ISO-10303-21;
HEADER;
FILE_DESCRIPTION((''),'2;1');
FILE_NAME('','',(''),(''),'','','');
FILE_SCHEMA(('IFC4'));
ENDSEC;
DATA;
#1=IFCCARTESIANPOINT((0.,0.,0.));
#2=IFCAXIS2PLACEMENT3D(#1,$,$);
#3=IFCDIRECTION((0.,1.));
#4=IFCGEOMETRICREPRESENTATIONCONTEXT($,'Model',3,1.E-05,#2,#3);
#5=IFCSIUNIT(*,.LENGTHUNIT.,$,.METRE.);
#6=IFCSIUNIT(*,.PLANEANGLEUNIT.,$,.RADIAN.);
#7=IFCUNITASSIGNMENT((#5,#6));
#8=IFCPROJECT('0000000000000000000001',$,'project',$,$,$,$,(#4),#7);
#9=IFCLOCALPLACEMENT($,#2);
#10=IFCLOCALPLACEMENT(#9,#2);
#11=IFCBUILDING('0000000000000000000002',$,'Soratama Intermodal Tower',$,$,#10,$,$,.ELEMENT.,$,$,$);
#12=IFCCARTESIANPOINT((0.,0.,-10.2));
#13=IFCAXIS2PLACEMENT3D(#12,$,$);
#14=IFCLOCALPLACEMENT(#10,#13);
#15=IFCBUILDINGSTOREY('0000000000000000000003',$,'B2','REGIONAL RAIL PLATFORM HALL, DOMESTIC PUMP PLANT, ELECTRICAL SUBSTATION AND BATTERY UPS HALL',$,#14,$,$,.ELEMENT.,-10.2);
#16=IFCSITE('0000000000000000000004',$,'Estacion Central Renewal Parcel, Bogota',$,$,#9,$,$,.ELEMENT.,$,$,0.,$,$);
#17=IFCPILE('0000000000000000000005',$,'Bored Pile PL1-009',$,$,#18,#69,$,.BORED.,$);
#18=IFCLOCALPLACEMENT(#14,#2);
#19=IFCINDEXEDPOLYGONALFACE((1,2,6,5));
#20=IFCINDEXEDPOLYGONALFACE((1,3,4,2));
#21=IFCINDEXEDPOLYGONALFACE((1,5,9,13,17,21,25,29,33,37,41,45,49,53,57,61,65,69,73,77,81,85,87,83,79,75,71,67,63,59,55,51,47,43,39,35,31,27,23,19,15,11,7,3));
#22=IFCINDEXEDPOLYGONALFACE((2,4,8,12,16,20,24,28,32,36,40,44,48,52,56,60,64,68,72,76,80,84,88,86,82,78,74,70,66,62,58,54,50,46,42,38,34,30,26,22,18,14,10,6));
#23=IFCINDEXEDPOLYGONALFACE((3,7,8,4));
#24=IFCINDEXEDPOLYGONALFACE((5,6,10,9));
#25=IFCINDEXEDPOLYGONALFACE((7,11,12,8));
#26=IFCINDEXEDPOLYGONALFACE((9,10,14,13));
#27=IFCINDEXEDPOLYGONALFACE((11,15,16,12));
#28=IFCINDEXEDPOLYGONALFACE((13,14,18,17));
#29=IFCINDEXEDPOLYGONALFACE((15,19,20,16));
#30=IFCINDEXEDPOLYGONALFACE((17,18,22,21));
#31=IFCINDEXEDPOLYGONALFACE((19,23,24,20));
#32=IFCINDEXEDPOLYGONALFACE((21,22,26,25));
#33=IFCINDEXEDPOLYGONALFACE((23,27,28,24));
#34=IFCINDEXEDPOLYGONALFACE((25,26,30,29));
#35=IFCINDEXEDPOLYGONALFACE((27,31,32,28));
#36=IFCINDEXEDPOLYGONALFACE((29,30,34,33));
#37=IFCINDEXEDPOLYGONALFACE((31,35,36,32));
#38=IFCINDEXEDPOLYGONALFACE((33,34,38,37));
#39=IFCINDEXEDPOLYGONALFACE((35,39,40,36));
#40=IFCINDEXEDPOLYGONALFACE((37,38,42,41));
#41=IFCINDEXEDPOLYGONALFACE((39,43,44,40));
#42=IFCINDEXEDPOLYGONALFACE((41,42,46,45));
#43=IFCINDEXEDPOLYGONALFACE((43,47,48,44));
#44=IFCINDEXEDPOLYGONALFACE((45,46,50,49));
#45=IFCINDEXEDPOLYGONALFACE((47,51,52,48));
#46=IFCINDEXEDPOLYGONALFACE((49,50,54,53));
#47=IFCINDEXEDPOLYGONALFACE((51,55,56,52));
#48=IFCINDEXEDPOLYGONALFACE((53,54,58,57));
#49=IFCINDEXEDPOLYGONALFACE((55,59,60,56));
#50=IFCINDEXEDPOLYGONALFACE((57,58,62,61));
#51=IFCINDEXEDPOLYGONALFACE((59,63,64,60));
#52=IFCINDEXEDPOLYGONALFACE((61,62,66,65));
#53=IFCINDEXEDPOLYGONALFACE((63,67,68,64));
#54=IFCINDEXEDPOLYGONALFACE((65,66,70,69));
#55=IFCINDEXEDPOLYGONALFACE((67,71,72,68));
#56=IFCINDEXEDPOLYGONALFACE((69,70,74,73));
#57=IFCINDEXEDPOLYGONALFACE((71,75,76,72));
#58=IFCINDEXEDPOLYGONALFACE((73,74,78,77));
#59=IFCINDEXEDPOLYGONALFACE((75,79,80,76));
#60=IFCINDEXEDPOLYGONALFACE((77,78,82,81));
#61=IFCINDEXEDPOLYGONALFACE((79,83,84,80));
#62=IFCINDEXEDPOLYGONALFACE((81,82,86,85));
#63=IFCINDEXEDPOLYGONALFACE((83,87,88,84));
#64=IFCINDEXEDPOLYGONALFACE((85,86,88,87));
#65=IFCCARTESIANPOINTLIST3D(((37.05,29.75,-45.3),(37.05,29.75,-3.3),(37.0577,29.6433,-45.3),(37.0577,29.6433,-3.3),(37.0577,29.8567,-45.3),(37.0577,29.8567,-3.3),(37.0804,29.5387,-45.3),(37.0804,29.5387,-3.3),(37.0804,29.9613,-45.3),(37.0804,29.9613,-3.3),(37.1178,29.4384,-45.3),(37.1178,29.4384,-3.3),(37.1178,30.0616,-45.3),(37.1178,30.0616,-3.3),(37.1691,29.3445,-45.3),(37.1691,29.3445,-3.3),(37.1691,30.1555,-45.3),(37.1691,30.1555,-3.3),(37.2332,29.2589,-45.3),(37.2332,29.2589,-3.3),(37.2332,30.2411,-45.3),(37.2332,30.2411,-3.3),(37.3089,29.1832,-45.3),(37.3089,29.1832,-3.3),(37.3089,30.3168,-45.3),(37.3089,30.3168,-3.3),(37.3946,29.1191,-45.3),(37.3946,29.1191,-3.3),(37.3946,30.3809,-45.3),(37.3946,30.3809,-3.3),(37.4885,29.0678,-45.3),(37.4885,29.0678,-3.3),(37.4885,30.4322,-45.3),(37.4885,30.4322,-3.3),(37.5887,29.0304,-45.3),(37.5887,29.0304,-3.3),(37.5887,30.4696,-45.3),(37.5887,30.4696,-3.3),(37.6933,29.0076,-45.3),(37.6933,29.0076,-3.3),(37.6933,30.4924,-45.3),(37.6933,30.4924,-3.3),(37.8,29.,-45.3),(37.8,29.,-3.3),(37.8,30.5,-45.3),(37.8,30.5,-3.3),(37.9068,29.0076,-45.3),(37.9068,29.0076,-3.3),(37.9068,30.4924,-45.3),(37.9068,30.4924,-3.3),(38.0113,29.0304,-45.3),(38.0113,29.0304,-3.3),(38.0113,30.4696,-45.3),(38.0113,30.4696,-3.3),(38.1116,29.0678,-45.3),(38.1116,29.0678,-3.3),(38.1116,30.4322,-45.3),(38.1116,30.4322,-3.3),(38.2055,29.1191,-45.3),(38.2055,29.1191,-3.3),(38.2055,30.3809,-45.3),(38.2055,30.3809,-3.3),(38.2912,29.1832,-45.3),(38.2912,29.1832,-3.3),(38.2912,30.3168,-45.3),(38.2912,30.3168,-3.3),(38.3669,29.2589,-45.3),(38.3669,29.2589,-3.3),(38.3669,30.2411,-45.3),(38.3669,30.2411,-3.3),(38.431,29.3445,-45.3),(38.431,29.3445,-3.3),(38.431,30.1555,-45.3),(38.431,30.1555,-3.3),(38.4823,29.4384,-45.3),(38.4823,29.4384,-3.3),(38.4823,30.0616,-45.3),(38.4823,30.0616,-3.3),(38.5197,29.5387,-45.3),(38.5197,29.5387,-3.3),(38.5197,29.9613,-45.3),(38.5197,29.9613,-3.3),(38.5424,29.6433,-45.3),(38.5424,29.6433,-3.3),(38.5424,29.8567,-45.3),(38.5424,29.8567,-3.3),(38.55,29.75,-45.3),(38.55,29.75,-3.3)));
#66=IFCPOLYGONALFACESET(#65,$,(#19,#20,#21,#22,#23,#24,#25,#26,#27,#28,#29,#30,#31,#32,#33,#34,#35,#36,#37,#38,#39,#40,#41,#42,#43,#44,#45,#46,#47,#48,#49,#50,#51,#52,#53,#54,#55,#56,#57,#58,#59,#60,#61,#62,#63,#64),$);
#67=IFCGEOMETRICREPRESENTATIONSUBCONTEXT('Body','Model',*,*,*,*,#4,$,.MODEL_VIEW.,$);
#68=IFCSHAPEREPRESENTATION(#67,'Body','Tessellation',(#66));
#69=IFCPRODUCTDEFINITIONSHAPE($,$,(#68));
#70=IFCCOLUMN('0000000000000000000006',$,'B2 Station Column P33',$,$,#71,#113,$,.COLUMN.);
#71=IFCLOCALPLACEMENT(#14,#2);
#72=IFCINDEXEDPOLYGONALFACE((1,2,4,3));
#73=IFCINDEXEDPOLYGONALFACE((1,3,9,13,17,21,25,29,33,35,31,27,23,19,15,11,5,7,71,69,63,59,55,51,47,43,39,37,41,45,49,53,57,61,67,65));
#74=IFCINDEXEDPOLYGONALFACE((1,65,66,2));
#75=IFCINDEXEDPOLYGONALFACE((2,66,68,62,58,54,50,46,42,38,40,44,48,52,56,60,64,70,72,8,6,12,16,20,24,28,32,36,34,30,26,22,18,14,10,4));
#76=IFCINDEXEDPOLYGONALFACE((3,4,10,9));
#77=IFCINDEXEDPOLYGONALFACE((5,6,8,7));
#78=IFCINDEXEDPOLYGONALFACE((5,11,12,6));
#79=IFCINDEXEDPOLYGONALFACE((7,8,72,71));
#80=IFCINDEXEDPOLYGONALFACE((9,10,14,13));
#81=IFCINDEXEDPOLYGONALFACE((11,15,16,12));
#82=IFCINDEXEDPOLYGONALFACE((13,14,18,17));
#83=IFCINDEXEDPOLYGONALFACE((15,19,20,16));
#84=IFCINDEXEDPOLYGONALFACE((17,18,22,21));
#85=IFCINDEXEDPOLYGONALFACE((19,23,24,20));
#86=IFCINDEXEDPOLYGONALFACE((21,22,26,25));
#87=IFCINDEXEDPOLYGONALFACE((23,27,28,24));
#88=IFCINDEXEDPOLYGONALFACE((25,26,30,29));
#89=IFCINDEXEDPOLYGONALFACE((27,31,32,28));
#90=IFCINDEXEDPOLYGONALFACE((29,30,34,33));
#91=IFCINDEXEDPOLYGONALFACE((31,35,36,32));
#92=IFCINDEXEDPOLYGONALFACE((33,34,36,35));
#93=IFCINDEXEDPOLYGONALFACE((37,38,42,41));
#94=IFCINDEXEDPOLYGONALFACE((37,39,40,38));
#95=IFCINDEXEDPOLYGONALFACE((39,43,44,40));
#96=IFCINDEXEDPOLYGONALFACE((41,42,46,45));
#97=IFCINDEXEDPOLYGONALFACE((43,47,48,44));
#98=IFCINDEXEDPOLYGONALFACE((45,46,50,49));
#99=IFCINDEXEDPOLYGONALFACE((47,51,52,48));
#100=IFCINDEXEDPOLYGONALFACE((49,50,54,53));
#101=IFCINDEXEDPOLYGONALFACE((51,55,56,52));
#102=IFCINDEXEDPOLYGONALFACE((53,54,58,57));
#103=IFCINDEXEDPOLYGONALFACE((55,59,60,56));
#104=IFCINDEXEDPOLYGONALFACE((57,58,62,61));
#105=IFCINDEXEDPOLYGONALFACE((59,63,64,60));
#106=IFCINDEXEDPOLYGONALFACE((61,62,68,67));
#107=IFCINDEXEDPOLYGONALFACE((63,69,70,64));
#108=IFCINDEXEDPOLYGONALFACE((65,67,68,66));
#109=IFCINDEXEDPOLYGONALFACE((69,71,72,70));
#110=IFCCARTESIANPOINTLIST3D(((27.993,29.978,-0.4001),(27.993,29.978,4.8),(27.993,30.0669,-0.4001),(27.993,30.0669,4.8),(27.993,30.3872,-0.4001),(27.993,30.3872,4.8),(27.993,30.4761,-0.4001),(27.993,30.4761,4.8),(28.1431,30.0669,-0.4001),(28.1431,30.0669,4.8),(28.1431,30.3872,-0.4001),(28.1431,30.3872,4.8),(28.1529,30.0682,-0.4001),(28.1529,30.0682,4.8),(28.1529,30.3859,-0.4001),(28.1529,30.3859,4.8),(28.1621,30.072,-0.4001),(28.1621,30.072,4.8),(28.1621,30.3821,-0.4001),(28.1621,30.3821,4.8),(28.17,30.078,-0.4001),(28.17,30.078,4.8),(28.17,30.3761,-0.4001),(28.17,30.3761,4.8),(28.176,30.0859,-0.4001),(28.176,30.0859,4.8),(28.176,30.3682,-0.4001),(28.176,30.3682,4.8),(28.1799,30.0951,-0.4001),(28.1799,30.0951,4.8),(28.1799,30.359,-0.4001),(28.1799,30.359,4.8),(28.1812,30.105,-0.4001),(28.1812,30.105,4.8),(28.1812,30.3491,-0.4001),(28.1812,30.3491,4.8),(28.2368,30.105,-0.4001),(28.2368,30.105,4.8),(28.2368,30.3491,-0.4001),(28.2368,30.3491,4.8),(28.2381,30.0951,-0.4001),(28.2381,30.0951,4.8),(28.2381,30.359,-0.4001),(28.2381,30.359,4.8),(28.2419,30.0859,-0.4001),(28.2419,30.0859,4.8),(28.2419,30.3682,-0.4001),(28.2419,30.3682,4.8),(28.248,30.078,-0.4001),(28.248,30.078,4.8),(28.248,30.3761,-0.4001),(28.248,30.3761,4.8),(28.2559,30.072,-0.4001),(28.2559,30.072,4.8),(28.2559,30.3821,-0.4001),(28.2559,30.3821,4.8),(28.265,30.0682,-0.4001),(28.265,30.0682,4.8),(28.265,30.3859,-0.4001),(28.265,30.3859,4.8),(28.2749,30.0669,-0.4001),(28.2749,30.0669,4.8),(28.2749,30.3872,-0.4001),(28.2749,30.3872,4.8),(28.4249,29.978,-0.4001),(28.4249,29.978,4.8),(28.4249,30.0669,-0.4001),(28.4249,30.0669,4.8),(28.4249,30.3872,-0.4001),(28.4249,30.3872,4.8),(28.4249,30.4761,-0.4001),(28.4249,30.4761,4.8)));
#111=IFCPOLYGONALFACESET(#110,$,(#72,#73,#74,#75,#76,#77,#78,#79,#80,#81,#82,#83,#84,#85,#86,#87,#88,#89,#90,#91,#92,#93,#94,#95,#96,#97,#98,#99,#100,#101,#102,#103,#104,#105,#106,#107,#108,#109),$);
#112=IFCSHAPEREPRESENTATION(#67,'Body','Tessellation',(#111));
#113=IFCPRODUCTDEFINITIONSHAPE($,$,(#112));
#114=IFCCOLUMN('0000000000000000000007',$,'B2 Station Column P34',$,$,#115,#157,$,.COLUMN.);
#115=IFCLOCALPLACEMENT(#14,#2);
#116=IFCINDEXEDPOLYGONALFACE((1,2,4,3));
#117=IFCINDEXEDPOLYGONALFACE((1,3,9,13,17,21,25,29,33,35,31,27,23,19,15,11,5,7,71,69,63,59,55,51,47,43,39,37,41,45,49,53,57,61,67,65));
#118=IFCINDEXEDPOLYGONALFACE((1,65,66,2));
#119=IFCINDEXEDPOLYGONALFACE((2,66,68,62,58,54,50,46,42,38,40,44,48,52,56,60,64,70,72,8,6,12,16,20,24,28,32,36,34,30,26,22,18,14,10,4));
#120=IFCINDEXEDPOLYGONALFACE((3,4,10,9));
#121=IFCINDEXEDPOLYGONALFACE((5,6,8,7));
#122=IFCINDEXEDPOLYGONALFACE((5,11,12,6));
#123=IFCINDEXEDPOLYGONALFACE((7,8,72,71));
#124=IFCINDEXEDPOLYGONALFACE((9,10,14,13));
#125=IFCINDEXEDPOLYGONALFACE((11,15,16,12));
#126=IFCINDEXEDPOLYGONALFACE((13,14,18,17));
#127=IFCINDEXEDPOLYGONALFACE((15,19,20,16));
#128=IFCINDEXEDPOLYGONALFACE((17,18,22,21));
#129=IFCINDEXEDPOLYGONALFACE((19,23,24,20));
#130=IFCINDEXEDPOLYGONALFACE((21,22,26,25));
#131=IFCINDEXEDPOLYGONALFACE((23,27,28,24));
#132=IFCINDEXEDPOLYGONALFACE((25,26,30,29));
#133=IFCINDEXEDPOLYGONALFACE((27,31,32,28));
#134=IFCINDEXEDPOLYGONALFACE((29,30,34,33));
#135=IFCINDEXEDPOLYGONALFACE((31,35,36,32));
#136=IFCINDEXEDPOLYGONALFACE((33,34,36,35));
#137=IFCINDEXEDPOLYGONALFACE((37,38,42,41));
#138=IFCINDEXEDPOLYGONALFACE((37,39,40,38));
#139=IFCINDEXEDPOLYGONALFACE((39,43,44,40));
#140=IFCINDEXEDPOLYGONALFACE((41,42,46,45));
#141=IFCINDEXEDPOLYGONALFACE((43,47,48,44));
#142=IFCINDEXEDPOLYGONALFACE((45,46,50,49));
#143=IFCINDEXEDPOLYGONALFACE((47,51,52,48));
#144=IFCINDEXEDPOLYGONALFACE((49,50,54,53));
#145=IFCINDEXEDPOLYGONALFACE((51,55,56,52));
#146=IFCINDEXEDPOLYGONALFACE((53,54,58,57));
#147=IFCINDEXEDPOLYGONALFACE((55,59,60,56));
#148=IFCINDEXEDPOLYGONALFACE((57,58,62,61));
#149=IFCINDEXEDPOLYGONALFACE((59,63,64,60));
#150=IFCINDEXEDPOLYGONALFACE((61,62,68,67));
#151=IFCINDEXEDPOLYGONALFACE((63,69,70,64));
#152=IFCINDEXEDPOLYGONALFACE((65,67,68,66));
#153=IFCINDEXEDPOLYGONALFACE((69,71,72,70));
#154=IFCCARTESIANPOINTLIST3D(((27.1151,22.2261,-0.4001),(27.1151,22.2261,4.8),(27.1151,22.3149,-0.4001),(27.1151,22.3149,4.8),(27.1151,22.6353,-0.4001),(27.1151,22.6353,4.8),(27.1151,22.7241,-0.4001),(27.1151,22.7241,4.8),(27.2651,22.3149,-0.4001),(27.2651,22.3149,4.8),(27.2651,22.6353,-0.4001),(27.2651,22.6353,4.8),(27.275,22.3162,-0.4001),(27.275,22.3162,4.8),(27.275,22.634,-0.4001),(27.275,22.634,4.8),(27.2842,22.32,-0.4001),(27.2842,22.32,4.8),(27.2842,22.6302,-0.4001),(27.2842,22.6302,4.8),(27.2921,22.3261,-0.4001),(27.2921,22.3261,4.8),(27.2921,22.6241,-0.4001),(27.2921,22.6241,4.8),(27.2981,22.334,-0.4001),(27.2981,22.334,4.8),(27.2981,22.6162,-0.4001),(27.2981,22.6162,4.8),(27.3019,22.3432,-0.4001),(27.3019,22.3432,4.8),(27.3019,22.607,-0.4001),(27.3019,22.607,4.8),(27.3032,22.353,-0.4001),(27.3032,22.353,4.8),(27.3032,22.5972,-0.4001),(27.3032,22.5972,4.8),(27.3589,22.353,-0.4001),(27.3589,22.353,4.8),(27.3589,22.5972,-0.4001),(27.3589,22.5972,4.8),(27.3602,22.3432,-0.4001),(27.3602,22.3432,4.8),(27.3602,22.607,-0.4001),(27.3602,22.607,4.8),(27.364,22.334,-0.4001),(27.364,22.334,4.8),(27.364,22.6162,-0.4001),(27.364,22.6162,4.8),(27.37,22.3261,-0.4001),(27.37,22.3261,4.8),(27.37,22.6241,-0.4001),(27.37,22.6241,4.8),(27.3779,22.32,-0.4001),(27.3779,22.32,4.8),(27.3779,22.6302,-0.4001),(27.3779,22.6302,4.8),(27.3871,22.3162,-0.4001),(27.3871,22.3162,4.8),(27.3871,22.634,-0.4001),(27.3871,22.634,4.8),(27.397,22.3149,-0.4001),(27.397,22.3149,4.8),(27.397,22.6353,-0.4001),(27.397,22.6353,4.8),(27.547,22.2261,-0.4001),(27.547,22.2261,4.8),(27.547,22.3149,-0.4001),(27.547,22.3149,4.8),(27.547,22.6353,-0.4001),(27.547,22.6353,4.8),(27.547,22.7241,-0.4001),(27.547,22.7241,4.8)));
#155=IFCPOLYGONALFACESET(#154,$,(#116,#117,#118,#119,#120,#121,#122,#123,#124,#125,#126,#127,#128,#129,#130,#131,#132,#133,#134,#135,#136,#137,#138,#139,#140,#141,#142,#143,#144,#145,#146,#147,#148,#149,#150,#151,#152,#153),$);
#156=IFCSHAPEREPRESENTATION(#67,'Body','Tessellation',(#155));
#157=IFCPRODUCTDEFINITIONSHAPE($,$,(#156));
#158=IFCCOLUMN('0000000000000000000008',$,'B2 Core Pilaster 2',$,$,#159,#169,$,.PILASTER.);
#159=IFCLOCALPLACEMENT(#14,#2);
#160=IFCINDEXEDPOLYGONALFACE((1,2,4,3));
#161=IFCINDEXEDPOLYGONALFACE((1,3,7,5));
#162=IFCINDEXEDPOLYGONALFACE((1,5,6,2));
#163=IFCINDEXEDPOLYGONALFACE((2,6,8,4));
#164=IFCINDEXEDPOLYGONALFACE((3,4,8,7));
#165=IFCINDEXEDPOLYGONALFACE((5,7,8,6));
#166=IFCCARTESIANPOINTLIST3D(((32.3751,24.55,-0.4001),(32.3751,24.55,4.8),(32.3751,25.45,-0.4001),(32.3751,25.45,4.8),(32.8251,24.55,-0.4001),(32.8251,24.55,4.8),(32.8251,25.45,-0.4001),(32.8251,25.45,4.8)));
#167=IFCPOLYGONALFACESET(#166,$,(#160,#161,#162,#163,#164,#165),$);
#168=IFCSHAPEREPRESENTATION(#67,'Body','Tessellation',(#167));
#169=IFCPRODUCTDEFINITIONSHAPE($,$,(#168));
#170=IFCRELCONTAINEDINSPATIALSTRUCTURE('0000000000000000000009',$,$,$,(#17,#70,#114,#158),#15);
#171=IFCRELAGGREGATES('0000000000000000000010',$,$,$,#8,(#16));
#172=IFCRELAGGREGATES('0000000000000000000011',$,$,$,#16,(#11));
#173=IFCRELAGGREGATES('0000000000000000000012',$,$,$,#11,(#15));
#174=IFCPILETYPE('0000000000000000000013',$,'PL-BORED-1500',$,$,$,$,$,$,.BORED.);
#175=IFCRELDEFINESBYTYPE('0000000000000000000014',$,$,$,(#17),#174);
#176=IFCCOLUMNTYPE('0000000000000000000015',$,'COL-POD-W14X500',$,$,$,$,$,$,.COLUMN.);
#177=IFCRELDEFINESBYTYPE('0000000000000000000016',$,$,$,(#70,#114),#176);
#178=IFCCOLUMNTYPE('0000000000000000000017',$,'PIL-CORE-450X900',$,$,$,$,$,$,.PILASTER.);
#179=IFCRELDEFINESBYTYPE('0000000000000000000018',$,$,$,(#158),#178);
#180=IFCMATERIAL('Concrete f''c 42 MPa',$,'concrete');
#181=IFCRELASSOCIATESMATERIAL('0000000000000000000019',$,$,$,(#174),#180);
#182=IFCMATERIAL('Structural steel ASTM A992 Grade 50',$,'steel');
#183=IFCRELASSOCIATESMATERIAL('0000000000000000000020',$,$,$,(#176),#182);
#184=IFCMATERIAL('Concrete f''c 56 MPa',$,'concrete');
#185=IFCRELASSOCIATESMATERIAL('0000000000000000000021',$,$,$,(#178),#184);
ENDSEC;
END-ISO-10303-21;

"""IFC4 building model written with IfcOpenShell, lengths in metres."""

from ifc_helpers import new_model, si_unit, direction, frame, origin, origin_2d, place, context, subcontext, project, spatial, rectangle, circle, i_section, extrude, material, material_profile, profile_set, type_object, element, save


model = new_model("IFC4")

# Units and contexts
model_context = context("Model", 3, precision=1e-05, world=origin(), true_north=direction((0.0, 1.0)))
body_context = subcontext(model_context, "Body", "Model", "MODEL_VIEW")
ifc_project = project(units=[si_unit("LENGTHUNIT", "METRE"), si_unit("PLANEANGLEUNIT", "RADIAN")], contexts=[model_context])

# Site, building, storey
site_placement = place(None, origin())
site = spatial("IfcSite", under=ifc_project, at=site_placement, Name="Estacion Central Renewal Parcel, Bogota", CompositionType="ELEMENT", RefElevation=0.0)
building_placement = place(site_placement, origin())
building = spatial("IfcBuilding", under=site, at=building_placement, Name="Soratama Intermodal Tower", CompositionType="ELEMENT")
storey_placement = place(building_placement, frame((0.0, 0.0, -10.2)))
storey = spatial("IfcBuildingStorey", under=building, at=storey_placement, Name="B2", Description="REGIONAL RAIL PLATFORM HALL, DOMESTIC PUMP PLANT, ELECTRICAL SUBSTATION AND BATTERY UPS HALL", CompositionType="ELEMENT", Elevation=-10.2)

# Pile
ifc_material_1 = material(Name="Concrete f'c 42 MPa", Category="concrete")
ifc_material_profile_1 = material_profile(ifc_material_1, circle(Radius=0.75, at=origin_2d()), Name="PILE1500")
ifc_profile_set_1 = profile_set([ifc_material_profile_1], Name="Concrete f'c 42 MPa")
pile_type = type_object("IfcPileType", Name="PL-BORED-1500", PredefinedType="BORED", material=ifc_profile_set_1)
for number, where, z_axis, x_axis, name in (
    (1, (37.8, 29.75, -3.3), (0.0, 0.0, -1.0), (1.0, 0.0, 0.0), "Bored Pile PL1-009"),
):
    element("IfcPile", number, at=place(storey_placement, frame(where, z_axis=z_axis, x_axis=x_axis)), inside=storey, type_object=pile_type, Name=name, PredefinedType="BORED", context=body_context, shape_type="SweptSolid", body=[
        extrude(circle(Radius=0.75, at=origin_2d()), origin(), (0.0, 0.0, 1.0), 42.0),
    ])

# Columns
ifc_material_2 = material(Name="Structural steel ASTM A992 Grade 50", Category="steel")
ifc_material_profile_2 = material_profile(ifc_material_2, i_section(OverallWidth=0.4319, OverallDepth=0.498, WebThickness=0.0557, FlangeThickness=0.0889, FilletRadius=0.0381, at=origin_2d()), Name="W14X500")
ifc_profile_set_2 = profile_set([ifc_material_profile_2], Name="Structural steel ASTM A992 Grade 50")
column_type_1 = type_object("IfcColumnType", Name="COL-POD-W14X500", PredefinedType="COLUMN", material=ifc_profile_set_2)
for number, where, z_axis, x_axis, name in (
    (2, (28.209, 30.2271, -0.4001), (0.0, 0.0, 1.0), (1.0, 0.0, 0.0), "B2 Station Column P33"),
    (3, (27.3311, 22.4751, -0.4001), (0.0, 0.0, 1.0), (1.0, 0.0, 0.0), "B2 Station Column P34"),
):
    element("IfcColumn", number, at=place(storey_placement, frame(where, z_axis=z_axis, x_axis=x_axis)), inside=storey, type_object=column_type_1, Name=name, PredefinedType="COLUMN", context=body_context, shape_type="SweptSolid", body=[
        extrude(i_section(OverallWidth=0.4319, OverallDepth=0.498, WebThickness=0.0557, FlangeThickness=0.0889, FilletRadius=0.0381, at=origin_2d()), origin(), (0.0, 0.0, 1.0), 5.2002),
    ])
ifc_material_3 = material(Name="Concrete f'c 56 MPa", Category="concrete")
ifc_material_profile_3 = material_profile(ifc_material_3, rectangle(XDim=0.45, YDim=0.8999, at=origin_2d()), Name="RC450X900")
ifc_profile_set_3 = profile_set([ifc_material_profile_3], Name="Concrete f'c 56 MPa")
column_type_2 = type_object("IfcColumnType", Name="PIL-CORE-450X900", PredefinedType="PILASTER", material=ifc_profile_set_3)
column_placement = place(storey_placement, frame((32.6001, 25.0, -0.4001), z_axis=(0.0, 0.0, 1.0), x_axis=(1.0, 0.0, 0.0)))
element("IfcColumn", 4, at=column_placement, inside=storey, type_object=column_type_2, Name="B2 Core Pilaster 2", PredefinedType="PILASTER", context=body_context, shape_type="SweptSolid", body=[
    extrude(rectangle(XDim=0.45, YDim=0.8999, at=origin_2d()), origin(), (0.0, 0.0, 1.0), 5.2002),
])

save(model, "model.ifc")
